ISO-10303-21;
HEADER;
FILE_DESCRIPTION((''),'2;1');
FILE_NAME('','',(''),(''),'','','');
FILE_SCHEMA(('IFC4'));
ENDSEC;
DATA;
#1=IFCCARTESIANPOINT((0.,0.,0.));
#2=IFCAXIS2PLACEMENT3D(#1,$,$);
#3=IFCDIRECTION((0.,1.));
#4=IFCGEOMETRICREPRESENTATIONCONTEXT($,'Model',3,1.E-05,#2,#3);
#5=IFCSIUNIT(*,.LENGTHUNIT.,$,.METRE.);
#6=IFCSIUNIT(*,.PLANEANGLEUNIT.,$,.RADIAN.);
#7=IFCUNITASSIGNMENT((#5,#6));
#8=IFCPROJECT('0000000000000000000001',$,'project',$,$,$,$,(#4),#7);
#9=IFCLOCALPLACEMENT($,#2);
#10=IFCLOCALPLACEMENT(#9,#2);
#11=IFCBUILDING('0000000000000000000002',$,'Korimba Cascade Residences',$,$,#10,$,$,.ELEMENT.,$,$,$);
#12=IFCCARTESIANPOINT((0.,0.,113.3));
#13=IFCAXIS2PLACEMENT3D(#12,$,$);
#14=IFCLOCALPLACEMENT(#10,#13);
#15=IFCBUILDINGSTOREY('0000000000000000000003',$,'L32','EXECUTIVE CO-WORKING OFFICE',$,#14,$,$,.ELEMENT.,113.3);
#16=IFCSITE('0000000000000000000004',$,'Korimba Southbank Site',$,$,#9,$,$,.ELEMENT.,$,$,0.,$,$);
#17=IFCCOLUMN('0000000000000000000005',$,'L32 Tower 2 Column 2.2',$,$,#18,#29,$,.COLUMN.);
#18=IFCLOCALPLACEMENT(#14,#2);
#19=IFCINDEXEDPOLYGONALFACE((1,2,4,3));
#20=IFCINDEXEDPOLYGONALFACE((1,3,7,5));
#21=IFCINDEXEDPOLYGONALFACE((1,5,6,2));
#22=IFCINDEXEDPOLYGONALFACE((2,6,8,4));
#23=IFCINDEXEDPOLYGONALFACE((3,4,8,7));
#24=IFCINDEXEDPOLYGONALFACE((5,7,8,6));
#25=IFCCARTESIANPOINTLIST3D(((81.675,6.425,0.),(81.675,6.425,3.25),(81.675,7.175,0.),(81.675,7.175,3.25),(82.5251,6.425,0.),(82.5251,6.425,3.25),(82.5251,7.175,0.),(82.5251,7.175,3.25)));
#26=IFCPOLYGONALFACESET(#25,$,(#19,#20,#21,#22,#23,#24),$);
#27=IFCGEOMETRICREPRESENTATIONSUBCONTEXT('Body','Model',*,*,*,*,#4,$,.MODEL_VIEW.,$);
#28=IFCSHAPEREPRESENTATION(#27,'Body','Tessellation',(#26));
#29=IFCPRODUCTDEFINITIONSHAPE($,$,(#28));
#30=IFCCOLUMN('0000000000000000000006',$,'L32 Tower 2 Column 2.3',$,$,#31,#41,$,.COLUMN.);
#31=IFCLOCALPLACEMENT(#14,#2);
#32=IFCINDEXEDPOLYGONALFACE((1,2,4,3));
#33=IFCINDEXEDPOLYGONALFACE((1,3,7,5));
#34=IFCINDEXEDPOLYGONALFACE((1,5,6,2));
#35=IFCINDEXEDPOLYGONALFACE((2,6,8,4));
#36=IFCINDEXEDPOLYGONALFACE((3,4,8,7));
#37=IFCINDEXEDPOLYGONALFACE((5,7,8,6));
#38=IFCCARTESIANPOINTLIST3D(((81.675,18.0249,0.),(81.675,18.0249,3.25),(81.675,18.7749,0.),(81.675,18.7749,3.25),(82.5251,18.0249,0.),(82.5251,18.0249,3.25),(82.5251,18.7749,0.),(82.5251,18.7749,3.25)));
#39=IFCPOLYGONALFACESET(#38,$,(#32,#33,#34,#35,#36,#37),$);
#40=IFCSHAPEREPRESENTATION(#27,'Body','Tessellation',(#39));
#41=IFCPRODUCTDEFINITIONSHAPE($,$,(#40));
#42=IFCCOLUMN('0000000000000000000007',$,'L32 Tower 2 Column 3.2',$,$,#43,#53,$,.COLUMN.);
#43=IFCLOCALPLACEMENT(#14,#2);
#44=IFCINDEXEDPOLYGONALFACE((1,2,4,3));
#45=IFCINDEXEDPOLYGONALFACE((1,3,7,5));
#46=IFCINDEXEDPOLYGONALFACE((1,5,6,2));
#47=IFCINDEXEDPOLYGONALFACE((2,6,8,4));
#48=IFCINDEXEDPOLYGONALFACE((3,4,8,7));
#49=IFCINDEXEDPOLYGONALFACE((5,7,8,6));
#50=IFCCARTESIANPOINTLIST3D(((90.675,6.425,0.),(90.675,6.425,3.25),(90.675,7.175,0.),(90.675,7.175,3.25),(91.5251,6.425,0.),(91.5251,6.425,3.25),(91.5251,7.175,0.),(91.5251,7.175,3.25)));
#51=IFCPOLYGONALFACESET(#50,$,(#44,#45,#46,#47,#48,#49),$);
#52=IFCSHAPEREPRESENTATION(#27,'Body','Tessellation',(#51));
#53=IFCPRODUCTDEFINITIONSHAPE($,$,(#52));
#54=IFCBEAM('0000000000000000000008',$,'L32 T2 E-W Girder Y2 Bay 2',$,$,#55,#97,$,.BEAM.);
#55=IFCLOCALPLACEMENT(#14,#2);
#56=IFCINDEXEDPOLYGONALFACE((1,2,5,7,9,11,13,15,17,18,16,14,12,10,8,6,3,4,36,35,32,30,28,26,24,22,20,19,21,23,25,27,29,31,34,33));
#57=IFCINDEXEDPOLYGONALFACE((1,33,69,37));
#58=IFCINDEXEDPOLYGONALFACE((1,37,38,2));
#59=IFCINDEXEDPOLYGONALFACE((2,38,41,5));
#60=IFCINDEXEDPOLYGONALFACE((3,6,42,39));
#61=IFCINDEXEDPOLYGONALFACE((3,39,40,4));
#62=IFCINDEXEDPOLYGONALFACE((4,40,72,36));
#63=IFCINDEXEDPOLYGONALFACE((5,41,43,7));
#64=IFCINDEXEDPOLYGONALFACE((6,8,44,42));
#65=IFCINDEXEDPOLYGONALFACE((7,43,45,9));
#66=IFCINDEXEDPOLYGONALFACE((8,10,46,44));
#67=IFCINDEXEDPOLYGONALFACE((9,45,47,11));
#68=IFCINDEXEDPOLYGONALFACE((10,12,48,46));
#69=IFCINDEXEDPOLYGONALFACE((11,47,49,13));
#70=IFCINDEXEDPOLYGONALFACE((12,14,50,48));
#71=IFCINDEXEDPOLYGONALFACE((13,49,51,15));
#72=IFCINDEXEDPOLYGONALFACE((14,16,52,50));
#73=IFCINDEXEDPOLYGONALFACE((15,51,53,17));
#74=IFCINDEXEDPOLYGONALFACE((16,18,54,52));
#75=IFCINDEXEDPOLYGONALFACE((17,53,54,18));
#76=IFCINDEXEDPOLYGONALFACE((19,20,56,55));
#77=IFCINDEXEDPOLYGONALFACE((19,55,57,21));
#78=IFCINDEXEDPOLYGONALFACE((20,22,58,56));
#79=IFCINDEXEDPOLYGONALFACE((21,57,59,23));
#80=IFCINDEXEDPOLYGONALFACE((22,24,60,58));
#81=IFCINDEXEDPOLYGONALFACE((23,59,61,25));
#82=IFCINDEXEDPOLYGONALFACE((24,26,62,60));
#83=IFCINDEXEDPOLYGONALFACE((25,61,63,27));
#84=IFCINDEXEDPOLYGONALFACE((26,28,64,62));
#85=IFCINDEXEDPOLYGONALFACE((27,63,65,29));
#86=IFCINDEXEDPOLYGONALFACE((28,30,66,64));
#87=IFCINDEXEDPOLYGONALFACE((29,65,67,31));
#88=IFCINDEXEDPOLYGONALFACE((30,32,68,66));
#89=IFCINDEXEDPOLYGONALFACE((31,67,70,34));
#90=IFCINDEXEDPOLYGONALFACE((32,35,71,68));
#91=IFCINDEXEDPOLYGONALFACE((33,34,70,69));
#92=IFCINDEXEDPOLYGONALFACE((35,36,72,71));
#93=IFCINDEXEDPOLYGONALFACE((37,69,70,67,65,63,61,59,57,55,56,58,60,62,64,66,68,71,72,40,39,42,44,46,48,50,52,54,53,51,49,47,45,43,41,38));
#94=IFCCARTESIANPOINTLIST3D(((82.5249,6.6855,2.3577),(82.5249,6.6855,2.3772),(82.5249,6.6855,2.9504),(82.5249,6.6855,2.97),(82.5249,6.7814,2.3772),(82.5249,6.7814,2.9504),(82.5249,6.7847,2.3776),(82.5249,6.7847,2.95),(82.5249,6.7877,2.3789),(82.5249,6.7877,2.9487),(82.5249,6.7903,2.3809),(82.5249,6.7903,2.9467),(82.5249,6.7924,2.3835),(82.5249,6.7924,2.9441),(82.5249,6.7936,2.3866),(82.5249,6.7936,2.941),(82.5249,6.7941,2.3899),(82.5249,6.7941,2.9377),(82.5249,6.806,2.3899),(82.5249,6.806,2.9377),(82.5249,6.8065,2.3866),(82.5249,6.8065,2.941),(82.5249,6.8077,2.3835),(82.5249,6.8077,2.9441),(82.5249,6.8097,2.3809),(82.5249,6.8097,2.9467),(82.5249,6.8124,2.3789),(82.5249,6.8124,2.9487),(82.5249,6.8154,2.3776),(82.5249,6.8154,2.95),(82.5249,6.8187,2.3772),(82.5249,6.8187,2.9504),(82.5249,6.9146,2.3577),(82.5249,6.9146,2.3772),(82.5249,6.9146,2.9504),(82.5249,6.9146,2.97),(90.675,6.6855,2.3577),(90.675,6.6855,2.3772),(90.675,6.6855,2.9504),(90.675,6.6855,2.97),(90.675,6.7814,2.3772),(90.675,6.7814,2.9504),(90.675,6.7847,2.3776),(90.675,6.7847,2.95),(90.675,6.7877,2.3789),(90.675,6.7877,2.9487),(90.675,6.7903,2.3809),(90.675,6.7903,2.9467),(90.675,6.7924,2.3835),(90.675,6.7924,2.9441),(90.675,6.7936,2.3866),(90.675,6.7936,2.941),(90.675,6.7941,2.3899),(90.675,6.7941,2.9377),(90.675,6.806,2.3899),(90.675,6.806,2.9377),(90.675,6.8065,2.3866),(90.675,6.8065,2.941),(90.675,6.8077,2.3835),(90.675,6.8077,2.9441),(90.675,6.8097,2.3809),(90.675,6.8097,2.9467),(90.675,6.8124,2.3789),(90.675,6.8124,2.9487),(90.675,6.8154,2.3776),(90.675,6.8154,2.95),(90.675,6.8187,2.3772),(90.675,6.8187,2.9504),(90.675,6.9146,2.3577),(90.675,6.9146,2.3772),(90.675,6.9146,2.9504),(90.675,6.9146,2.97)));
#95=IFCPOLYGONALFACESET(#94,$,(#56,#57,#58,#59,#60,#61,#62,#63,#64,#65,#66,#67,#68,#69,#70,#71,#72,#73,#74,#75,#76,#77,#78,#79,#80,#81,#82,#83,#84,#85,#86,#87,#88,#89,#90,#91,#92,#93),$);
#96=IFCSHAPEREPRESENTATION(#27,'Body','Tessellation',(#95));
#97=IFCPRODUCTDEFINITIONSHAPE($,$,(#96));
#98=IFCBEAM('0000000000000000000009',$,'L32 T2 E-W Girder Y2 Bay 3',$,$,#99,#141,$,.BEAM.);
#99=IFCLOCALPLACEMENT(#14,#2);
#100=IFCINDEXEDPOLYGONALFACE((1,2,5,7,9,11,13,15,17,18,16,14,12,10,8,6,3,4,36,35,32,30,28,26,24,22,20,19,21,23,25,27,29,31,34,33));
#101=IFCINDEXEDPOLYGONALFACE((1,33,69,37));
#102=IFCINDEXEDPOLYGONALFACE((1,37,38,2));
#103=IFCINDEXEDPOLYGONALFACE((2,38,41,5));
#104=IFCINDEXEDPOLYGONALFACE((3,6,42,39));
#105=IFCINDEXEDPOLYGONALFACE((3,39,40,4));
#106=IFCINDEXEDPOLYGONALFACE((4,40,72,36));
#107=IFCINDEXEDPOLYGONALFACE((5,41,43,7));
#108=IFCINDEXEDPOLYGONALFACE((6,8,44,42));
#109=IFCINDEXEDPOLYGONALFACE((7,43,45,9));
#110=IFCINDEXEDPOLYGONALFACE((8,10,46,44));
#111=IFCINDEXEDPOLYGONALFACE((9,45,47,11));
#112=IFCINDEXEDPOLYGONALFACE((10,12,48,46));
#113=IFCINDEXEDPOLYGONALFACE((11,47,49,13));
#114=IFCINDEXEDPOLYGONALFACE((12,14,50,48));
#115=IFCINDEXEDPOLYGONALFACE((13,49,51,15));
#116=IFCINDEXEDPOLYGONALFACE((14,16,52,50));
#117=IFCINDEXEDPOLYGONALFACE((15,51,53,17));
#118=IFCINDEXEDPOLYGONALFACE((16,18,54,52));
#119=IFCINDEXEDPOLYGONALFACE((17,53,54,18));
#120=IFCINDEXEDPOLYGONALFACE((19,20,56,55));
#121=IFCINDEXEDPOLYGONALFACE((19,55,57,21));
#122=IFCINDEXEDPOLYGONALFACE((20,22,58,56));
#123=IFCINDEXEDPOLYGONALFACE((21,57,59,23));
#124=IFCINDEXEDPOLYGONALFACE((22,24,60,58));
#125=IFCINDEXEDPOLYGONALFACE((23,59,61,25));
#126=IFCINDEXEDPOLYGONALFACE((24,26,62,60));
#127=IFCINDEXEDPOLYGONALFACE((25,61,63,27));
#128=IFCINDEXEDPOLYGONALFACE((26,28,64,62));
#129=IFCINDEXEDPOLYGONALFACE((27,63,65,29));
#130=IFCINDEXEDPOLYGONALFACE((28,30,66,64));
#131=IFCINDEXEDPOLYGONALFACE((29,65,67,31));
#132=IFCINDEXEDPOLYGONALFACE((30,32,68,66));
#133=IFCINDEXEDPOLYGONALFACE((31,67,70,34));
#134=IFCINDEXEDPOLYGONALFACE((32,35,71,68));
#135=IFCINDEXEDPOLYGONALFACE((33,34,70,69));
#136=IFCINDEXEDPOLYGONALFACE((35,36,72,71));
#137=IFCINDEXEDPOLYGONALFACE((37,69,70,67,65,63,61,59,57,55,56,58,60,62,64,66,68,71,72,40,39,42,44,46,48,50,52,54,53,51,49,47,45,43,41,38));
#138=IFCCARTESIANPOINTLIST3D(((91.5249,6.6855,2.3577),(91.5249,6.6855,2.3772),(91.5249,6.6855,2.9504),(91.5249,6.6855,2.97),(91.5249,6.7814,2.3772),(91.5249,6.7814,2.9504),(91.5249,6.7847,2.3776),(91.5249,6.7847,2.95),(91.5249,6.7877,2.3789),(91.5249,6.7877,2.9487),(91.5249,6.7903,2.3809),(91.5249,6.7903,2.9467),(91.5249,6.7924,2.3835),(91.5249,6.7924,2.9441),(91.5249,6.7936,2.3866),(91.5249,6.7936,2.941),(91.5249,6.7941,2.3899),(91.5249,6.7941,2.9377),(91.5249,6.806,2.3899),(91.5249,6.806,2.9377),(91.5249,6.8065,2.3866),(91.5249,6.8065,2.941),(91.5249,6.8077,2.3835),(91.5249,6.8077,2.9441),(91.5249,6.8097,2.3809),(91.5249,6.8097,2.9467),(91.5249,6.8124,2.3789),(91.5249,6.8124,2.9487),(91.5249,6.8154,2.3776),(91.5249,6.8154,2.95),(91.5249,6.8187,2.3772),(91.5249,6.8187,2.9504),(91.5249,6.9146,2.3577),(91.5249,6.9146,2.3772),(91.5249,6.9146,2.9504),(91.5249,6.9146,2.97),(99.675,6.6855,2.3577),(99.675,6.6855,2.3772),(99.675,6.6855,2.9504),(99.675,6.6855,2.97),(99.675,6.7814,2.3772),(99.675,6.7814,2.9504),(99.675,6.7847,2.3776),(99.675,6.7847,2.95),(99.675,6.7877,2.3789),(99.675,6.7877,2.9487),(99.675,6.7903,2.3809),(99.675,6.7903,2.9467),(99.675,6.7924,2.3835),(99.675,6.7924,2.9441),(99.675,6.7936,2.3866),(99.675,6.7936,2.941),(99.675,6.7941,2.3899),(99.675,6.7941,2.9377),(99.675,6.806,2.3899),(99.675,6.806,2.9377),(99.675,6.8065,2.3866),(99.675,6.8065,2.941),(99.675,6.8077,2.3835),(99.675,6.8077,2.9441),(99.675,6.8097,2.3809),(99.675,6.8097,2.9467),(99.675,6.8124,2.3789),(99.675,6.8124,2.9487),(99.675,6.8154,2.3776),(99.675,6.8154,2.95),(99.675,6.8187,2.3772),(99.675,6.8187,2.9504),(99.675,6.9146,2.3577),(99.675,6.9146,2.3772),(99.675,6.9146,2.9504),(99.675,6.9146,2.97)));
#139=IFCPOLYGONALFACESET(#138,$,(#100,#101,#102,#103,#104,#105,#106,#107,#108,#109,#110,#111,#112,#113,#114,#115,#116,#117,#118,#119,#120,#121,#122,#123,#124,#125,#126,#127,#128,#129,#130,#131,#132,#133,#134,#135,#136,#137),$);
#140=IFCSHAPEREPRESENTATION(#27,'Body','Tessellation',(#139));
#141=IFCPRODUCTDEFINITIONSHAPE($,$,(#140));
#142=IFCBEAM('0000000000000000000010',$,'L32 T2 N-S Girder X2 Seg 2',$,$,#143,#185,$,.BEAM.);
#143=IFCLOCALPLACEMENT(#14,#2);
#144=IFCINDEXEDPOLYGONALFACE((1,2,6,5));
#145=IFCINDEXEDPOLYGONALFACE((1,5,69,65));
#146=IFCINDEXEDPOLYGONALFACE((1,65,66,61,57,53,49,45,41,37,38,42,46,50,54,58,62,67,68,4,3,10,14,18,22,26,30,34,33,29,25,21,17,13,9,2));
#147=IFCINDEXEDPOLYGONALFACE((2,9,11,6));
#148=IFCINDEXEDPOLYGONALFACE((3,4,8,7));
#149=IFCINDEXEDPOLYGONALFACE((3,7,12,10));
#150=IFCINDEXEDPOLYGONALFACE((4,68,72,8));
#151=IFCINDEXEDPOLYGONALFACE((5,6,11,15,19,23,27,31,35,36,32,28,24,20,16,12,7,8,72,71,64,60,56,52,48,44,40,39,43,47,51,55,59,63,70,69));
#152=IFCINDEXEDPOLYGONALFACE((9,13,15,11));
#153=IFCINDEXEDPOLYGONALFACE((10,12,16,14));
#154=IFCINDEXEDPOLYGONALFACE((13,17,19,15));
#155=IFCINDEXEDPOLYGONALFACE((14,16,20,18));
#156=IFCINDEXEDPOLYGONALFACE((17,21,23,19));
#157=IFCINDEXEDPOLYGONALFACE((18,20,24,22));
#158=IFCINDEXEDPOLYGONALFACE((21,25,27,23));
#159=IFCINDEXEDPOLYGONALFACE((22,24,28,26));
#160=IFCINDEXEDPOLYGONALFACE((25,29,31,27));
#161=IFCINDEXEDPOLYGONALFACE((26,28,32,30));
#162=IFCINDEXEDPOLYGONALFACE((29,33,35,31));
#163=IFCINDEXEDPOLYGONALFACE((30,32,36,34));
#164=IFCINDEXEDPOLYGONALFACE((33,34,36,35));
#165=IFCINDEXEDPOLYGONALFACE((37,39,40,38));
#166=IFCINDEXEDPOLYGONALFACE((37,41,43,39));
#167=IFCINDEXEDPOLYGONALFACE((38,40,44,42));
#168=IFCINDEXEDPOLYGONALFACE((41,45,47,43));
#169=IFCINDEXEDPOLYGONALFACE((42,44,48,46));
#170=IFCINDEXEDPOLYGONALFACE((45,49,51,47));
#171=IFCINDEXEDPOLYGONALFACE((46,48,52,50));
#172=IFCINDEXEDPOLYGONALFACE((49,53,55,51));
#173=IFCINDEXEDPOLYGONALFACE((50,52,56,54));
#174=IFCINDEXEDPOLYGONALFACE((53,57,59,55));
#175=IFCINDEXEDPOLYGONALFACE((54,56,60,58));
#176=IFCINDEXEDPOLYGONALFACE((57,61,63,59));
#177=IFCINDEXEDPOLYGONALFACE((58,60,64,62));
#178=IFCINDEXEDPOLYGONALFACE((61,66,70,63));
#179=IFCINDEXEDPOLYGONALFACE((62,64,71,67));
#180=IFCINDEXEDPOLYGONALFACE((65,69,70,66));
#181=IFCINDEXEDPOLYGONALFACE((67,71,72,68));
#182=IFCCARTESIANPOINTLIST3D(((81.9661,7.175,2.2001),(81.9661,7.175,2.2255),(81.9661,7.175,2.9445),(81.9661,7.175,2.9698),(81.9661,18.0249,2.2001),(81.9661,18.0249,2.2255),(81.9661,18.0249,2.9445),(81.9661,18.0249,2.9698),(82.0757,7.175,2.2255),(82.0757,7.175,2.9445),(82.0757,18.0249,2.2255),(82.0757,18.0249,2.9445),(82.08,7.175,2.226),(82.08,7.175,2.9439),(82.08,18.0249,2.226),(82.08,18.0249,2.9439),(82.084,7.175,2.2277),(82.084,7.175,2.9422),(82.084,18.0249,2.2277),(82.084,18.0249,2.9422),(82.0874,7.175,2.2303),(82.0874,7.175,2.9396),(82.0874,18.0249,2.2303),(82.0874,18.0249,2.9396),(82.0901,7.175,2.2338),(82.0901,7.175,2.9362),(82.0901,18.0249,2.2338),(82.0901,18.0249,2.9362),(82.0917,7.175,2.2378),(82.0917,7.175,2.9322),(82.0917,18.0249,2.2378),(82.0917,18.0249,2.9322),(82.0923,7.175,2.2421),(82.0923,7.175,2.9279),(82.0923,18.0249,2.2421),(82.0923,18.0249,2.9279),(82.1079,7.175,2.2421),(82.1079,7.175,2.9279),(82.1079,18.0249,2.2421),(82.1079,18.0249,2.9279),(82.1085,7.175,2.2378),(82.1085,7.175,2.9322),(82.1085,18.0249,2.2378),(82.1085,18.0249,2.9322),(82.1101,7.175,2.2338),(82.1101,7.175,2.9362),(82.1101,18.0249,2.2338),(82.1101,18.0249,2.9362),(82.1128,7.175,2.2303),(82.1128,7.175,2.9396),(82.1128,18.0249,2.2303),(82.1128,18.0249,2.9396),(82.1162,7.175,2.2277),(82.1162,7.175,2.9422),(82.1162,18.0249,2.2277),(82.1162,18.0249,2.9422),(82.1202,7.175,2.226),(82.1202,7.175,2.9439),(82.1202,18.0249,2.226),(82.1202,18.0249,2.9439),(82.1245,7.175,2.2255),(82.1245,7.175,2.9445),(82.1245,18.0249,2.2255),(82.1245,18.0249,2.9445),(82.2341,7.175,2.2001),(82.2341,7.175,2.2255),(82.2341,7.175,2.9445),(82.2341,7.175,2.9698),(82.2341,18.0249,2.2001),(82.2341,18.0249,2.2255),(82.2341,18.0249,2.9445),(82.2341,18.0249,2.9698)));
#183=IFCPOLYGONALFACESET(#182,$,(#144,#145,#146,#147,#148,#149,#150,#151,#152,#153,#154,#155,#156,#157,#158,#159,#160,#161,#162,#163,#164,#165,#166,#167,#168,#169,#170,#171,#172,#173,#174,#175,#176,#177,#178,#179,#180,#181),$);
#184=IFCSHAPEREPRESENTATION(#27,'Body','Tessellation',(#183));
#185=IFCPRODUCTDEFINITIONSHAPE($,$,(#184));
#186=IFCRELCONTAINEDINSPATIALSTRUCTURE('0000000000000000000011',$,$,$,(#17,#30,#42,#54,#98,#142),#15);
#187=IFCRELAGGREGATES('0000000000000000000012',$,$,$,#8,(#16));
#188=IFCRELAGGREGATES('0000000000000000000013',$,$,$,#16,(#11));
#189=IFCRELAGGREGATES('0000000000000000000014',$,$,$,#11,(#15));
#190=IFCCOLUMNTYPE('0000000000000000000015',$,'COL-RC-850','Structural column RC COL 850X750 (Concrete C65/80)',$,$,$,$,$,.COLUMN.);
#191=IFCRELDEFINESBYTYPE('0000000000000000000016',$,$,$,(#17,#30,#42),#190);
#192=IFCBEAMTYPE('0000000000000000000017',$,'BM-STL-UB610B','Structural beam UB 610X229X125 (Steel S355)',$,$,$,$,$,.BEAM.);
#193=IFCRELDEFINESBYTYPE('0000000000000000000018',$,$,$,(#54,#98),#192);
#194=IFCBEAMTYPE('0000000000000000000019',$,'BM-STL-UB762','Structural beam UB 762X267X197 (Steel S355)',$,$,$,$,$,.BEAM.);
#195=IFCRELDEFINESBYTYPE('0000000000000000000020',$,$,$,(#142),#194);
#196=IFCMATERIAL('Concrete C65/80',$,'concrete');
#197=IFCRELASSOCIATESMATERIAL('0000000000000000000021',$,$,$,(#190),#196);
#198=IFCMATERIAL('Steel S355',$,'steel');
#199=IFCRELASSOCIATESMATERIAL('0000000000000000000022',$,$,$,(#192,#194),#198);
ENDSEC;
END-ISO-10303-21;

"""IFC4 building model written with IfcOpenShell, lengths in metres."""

from ifc_helpers import new_model, si_unit, direction, frame, origin, origin_2d, place, context, subcontext, project, spatial, rectangle, i_section, extrude, material, material_profile, profile_set, type_object, element, save


model = new_model("IFC4")

# Units and contexts
model_context = context("Model", 3, precision=1e-05, world=origin(), true_north=direction((0.0, 1.0)))
body_context = subcontext(model_context, "Body", "Model", "MODEL_VIEW")
ifc_project = project(units=[si_unit("LENGTHUNIT", "METRE"), si_unit("PLANEANGLEUNIT", "RADIAN")], contexts=[model_context])

# Site, building, storey
site_placement = place(None, origin())
site = spatial("IfcSite", under=ifc_project, at=site_placement, Name="Korimba Southbank Site", CompositionType="ELEMENT", RefElevation=0.0)
building_placement = place(site_placement, origin())
building = spatial("IfcBuilding", under=site, at=building_placement, Name="Korimba Cascade Residences", CompositionType="ELEMENT")
storey_placement = place(building_placement, frame((0.0, 0.0, 113.3)))
storey = spatial("IfcBuildingStorey", under=building, at=storey_placement, Name="L32", Description="EXECUTIVE CO-WORKING OFFICE", CompositionType="ELEMENT", Elevation=113.3)

# Columns
ifc_material_1 = material(Name="Concrete C65/80", Category="concrete")
ifc_material_profile_1 = material_profile(ifc_material_1, rectangle(XDim=0.8501, YDim=0.75, at=origin_2d()), Name="Concrete C65/80")
ifc_profile_set_1 = profile_set([ifc_material_profile_1], Name="Concrete C65/80")
column_type = type_object("IfcColumnType", Name="COL-RC-850", Description="Structural column RC COL 850X750 (Concrete C65/80)", PredefinedType="COLUMN", material=ifc_profile_set_1)
for number, where, z_axis, x_axis, name in (
    (1, (82.1001, 6.8, 0.0), (0.0, 0.0, 1.0), (1.0, 0.0, 0.0), "L32 Tower 2 Column 2.2"),
    (2, (82.1001, 18.3999, 0.0), (0.0, 0.0, 1.0), (1.0, 0.0, 0.0), "L32 Tower 2 Column 2.3"),
    (3, (91.1001, 6.8, 0.0), (0.0, 0.0, 1.0), (1.0, 0.0, 0.0), "L32 Tower 2 Column 3.2"),
):
    element("IfcColumn", number, at=place(storey_placement, frame(where, z_axis=z_axis, x_axis=x_axis)), inside=storey, type_object=column_type, Name=name, PredefinedType="COLUMN", context=body_context, shape_type="SweptSolid", body=[
        extrude(rectangle(XDim=0.8501, YDim=0.75, at=origin_2d()), origin(), (0.0, 0.0, 1.0), 3.25),
    ])

# Beams
ifc_material_2 = material(Name="Steel S355", Category="steel")
ifc_material_profile_2 = material_profile(ifc_material_2, i_section(OverallWidth=0.229, OverallDepth=0.6123, WebThickness=0.012, FlangeThickness=0.0195, FilletRadius=0.0127, at=origin_2d()), Name="Steel S355")
ifc_profile_set_2 = profile_set([ifc_material_profile_2], Name="Steel S355")
beam_type_1 = type_object("IfcBeamType", Name="BM-STL-UB610B", Description="Structural beam UB 610X229X125 (Steel S355)", PredefinedType="BEAM", material=ifc_profile_set_2)
for number, where, z_axis, x_axis, name in (
    (4, (82.5249, 6.8, 2.6638), (1.0, 0.0, 0.0), (0.0, 1.0, 0.0), "L32 T2 E-W Girder Y2 Bay 2"),
    (5, (91.5249, 6.8, 2.6638), (1.0, 0.0, 0.0), (0.0, 1.0, 0.0), "L32 T2 E-W Girder Y2 Bay 3"),
):
    element("IfcBeam", number, at=place(storey_placement, frame(where, z_axis=z_axis, x_axis=x_axis)), inside=storey, type_object=beam_type_1, Name=name, PredefinedType="BEAM", context=body_context, shape_type="SweptSolid", body=[
        extrude(i_section(OverallWidth=0.229, OverallDepth=0.6123, WebThickness=0.012, FlangeThickness=0.0195, FilletRadius=0.0127, at=origin_2d()), origin(), (0.0, 0.0, 1.0), 8.1501),
    ])
ifc_material_profile_3 = material_profile(ifc_material_2, i_section(OverallWidth=0.2681, OverallDepth=0.7698, WebThickness=0.0156, FlangeThickness=0.0254, FilletRadius=0.0166, at=origin_2d()), Name="Steel S355")
ifc_profile_set_3 = profile_set([ifc_material_profile_3], Name="Steel S355")
beam_type_2 = type_object("IfcBeamType", Name="BM-STL-UB762", Description="Structural beam UB 762X267X197 (Steel S355)", PredefinedType="BEAM", material=ifc_profile_set_3)
for number, where, z_axis, x_axis, name in (
    (6, (82.1001, 7.175, 2.585), (0.0, 1.0, 0.0), (-1.0, 0.0, 0.0), "L32 T2 N-S Girder X2 Seg 2"),
):
    element("IfcBeam", number, at=place(storey_placement, frame(where, z_axis=z_axis, x_axis=x_axis)), inside=storey, type_object=beam_type_2, Name=name, PredefinedType="BEAM", context=body_context, shape_type="SweptSolid", body=[
        extrude(i_section(OverallWidth=0.2681, OverallDepth=0.7698, WebThickness=0.0156, FlangeThickness=0.0254, FilletRadius=0.0166, at=origin_2d()), origin(), (0.0, 0.0, 1.0), 10.8499),
    ])

save(model, "model.ifc")
